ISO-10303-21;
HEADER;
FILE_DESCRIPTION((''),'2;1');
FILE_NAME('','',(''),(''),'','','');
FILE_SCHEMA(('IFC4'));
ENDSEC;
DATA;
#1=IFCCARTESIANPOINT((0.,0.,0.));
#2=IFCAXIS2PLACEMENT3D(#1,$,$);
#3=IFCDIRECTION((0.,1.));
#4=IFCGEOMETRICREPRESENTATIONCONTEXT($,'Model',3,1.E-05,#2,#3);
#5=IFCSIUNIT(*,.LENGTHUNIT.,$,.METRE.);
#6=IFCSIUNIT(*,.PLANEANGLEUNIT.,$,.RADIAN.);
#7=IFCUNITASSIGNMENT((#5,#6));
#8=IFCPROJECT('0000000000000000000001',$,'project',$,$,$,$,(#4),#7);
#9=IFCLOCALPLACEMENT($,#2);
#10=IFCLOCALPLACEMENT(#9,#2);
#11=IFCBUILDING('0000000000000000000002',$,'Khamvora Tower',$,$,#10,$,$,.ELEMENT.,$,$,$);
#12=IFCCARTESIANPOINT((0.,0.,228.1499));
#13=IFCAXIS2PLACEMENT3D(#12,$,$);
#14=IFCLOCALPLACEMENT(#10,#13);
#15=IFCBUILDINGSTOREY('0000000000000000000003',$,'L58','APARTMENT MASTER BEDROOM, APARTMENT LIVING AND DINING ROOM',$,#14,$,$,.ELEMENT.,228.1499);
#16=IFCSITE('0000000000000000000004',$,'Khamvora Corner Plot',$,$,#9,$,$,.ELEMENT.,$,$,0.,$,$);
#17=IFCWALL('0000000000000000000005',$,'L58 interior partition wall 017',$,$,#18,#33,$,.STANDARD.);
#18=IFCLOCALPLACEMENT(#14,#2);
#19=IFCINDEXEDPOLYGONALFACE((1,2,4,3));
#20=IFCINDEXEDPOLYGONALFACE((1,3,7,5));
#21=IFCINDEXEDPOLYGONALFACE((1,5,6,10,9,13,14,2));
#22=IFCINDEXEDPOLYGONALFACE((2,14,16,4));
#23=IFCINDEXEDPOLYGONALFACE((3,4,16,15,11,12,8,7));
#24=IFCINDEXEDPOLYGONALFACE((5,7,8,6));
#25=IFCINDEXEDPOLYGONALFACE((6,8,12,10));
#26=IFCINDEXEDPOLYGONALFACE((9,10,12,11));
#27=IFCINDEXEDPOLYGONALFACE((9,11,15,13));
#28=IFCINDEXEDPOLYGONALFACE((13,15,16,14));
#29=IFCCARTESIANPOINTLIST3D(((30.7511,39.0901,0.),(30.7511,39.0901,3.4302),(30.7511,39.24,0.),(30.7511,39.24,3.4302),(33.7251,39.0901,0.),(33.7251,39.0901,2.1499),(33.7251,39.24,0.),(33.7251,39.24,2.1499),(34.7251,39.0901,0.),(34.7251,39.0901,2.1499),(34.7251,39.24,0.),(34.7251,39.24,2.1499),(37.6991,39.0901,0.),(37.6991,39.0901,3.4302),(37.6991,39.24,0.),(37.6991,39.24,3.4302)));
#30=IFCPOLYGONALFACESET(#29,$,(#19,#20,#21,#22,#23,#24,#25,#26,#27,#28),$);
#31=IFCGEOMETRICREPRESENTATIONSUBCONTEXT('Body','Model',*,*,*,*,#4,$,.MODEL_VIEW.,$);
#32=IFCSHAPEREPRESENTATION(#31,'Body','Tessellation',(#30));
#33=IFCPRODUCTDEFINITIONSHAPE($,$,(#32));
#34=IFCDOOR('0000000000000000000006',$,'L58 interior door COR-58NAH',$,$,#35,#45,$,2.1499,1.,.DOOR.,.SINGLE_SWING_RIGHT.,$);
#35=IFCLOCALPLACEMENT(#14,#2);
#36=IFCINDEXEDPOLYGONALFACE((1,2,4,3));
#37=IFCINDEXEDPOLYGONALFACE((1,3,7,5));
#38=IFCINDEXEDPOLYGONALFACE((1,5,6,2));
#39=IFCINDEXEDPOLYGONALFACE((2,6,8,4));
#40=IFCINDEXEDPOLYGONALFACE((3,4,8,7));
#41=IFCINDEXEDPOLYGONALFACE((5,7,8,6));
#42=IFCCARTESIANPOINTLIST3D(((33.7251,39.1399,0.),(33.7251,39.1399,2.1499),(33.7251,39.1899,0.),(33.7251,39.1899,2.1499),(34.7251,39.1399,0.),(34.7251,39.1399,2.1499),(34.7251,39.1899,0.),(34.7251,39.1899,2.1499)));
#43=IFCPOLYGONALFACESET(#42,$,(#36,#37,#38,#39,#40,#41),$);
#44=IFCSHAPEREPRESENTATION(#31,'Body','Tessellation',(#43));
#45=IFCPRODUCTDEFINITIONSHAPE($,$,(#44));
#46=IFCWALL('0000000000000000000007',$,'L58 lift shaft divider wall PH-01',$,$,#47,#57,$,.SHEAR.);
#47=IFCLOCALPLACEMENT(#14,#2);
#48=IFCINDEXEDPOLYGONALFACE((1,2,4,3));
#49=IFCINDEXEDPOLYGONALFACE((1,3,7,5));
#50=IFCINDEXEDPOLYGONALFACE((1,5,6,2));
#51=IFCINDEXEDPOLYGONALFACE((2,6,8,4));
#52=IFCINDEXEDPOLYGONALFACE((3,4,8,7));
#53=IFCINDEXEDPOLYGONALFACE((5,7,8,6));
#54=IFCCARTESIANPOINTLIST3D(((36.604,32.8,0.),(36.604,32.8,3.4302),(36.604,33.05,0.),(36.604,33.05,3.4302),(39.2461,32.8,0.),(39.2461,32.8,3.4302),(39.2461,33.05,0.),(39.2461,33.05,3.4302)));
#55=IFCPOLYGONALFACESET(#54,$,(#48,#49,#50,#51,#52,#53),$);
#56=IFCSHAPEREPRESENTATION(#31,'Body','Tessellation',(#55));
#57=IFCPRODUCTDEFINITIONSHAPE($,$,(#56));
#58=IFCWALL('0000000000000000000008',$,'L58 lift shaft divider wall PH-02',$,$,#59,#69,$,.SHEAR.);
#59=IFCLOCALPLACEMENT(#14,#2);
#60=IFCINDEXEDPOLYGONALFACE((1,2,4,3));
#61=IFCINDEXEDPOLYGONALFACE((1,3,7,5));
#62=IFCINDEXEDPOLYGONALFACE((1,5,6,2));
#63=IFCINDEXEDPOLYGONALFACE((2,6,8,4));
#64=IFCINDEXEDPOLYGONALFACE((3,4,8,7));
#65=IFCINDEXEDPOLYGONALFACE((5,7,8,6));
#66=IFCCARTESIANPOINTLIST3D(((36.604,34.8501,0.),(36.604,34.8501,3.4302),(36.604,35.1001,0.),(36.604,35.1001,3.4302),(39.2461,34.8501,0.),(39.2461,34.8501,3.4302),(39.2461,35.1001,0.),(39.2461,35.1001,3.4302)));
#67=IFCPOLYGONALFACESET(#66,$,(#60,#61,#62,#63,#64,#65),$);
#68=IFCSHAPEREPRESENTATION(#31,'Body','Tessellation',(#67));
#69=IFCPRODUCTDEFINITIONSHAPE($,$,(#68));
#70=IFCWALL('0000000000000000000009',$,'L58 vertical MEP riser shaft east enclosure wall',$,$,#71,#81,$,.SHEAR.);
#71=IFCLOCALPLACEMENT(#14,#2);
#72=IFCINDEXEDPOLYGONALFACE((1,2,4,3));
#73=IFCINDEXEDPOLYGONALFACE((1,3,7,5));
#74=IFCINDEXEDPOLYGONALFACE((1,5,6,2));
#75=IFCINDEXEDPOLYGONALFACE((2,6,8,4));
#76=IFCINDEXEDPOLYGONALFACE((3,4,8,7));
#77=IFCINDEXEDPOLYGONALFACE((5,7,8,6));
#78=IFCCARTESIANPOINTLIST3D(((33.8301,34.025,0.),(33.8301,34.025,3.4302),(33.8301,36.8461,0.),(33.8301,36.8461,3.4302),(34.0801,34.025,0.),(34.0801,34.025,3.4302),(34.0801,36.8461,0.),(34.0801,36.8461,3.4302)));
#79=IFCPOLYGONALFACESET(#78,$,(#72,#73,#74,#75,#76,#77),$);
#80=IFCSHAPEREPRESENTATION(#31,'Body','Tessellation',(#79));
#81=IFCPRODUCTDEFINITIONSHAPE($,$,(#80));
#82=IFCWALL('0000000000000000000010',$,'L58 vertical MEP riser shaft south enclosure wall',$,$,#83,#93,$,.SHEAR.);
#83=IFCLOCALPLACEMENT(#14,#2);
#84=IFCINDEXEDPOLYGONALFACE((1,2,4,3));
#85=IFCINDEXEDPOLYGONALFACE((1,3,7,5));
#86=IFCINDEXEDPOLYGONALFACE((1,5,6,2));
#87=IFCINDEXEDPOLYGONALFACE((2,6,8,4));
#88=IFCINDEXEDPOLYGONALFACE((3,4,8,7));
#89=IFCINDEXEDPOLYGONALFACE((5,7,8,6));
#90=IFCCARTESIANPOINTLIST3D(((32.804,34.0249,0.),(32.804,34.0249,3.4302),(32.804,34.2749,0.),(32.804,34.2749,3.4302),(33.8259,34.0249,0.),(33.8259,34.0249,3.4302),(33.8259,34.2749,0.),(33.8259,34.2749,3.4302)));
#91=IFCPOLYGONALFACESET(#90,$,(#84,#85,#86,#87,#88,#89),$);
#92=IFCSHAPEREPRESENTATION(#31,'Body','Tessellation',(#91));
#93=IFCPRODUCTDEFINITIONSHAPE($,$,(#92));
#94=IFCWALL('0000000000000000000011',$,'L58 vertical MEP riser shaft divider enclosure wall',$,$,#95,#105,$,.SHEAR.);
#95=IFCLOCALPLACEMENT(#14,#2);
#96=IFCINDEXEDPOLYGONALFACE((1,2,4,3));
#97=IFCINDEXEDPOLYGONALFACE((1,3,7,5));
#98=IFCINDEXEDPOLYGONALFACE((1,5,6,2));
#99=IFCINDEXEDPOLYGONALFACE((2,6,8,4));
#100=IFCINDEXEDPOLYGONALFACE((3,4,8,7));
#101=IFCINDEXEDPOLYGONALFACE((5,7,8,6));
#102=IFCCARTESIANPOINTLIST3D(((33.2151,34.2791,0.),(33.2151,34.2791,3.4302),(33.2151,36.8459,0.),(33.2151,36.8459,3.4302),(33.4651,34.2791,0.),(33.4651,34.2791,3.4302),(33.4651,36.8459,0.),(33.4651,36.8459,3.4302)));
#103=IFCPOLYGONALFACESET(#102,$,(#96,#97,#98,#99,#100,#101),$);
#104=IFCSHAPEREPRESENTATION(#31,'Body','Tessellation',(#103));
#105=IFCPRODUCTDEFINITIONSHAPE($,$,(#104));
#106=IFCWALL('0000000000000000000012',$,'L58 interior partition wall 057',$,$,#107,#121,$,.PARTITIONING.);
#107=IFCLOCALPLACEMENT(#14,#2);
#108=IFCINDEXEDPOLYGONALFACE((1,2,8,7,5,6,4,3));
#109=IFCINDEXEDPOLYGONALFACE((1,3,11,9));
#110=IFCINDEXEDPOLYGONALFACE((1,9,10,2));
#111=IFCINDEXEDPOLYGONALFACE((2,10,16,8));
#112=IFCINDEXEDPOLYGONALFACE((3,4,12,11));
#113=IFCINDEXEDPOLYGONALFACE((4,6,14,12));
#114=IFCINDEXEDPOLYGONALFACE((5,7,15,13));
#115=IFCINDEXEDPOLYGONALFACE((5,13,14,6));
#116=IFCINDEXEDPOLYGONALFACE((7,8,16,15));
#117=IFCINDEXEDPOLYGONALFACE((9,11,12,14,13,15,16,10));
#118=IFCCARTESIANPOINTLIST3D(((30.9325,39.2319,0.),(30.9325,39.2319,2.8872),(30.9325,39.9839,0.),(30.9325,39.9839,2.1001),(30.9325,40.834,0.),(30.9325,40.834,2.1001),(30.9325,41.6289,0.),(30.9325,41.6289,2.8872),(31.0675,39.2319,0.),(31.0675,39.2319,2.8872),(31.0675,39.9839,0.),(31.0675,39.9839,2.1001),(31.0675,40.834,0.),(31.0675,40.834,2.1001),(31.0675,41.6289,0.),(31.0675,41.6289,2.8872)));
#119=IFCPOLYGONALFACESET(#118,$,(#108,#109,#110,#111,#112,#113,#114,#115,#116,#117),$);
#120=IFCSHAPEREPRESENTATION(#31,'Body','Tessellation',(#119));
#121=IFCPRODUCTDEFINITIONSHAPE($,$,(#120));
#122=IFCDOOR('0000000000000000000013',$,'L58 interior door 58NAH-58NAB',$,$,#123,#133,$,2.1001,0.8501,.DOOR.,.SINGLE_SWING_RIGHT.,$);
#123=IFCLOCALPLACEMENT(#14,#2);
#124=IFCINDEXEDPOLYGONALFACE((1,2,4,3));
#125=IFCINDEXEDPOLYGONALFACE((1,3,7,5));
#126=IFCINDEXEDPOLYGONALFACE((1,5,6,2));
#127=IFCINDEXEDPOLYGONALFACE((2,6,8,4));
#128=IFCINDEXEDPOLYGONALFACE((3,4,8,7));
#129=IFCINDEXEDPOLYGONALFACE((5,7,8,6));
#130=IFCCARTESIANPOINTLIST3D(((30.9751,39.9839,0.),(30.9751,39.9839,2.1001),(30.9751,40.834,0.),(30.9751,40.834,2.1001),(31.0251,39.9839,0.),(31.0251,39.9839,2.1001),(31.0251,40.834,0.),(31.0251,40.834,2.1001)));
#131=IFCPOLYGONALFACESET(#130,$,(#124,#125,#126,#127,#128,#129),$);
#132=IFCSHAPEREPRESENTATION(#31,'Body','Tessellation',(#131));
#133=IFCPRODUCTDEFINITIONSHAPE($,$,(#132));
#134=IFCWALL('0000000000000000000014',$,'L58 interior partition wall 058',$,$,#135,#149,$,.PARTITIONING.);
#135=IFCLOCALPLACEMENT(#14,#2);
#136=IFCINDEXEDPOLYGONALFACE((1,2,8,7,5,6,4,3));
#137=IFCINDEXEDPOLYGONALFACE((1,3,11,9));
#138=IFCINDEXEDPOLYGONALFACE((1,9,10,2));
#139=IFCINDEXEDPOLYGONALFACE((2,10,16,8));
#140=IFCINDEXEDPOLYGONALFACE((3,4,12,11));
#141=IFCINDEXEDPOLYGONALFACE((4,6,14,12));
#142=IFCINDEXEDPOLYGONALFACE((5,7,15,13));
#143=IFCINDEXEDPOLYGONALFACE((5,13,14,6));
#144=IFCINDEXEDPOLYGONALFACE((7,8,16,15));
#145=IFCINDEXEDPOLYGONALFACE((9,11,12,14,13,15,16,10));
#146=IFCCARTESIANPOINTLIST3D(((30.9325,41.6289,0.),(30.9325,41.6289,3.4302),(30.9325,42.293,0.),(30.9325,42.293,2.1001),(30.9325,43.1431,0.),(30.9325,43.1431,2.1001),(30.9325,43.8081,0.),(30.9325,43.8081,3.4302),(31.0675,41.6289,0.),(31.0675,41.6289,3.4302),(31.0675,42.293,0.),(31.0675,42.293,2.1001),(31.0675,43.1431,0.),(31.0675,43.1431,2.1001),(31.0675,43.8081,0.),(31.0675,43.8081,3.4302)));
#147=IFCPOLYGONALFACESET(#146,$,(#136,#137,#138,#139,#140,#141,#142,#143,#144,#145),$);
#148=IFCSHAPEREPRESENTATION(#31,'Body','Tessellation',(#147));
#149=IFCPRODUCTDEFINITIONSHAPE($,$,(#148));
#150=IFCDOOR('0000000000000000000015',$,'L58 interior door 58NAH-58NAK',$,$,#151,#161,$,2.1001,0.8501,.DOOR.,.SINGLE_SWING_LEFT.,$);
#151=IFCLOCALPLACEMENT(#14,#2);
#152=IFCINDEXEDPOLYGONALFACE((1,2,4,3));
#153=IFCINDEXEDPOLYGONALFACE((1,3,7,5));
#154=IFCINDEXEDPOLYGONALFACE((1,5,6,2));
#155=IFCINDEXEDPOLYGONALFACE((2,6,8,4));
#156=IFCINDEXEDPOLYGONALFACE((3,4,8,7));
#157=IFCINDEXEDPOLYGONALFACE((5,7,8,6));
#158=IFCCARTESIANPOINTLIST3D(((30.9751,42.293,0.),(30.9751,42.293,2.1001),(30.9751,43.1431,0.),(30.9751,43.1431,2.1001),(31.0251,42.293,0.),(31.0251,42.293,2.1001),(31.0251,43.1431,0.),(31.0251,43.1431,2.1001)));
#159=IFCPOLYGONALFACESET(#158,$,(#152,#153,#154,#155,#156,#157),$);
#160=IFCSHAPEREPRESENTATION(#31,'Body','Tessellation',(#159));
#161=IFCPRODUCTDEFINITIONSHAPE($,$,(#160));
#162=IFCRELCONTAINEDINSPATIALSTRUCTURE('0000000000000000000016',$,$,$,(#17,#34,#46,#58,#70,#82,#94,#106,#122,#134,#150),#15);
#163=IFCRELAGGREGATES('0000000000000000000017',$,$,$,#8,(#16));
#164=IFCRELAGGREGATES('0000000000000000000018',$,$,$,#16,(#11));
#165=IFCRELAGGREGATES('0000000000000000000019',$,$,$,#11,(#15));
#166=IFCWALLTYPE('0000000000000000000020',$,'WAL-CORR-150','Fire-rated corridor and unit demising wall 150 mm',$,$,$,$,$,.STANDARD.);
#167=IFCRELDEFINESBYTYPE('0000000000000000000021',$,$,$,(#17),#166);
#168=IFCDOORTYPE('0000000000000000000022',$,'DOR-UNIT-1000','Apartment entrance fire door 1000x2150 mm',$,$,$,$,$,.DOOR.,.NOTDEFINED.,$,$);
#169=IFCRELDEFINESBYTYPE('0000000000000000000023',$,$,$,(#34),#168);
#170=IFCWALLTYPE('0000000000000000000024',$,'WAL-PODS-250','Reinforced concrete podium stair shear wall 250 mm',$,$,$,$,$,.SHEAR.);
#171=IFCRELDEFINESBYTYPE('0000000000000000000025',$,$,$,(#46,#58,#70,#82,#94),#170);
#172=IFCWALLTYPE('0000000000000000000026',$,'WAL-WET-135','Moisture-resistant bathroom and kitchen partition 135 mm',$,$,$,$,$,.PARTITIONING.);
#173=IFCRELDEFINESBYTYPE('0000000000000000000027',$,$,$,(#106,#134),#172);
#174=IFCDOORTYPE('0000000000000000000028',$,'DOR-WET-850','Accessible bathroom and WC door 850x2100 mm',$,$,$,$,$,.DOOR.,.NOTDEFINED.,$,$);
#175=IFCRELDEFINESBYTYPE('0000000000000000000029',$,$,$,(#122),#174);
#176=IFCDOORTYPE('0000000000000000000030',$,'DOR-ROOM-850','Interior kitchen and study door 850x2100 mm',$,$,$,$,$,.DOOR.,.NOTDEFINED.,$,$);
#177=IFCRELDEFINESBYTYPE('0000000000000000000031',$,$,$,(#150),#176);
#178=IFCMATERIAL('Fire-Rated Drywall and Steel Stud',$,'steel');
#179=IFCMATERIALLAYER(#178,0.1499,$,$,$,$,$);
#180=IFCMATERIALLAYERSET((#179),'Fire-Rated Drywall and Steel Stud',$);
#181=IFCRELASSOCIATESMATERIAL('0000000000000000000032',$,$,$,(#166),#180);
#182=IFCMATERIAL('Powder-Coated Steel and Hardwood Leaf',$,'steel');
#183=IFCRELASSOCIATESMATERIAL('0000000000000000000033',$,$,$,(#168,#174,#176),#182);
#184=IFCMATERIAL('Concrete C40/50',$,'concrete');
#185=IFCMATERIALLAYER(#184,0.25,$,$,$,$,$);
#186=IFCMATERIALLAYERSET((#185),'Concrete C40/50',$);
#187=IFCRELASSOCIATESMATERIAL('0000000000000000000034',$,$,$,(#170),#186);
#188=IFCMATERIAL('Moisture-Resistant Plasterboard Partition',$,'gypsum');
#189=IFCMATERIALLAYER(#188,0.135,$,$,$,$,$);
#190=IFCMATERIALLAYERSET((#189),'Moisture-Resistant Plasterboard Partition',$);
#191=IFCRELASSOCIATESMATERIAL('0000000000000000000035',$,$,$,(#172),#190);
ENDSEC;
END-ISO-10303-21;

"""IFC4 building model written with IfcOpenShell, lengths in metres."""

from ifc_helpers import new_model, si_unit, direction, frame, frame_2d, origin, place, context, subcontext, project, spatial, rectangle, extrude, material, layer, layer_set, type_object, element, fill, save


model = new_model("IFC4")

# Units and contexts
model_context = context("Model", 3, precision=1e-05, world=origin(), true_north=direction((0.0, 1.0)))
body_context = subcontext(model_context, "Body", "Model", "MODEL_VIEW")
ifc_project = project(units=[si_unit("LENGTHUNIT", "METRE"), si_unit("PLANEANGLEUNIT", "RADIAN")], contexts=[model_context])

# Site, building, storey
site_placement = place(None, origin())
site = spatial("IfcSite", under=ifc_project, at=site_placement, Name="Khamvora Corner Plot", CompositionType="ELEMENT", RefElevation=0.0)
building_placement = place(site_placement, origin())
building = spatial("IfcBuilding", under=site, at=building_placement, Name="Khamvora Tower", CompositionType="ELEMENT")
storey_placement = place(building_placement, frame((0.0, 0.0, 228.1499)))
storey = spatial("IfcBuildingStorey", under=building, at=storey_placement, Name="L58", Description="APARTMENT MASTER BEDROOM, APARTMENT LIVING AND DINING ROOM", CompositionType="ELEMENT", Elevation=228.1499)

# Wall, opening, door
ifc_material_1 = material(Name="Powder-Coated Steel and Hardwood Leaf", Category="steel")
ifc_material_2 = material(Name="Fire-Rated Drywall and Steel Stud", Category="steel")
ifc_layer_1 = layer(ifc_material_2, 0.1499)
ifc_layer_set_1 = layer_set([ifc_layer_1], Name="Fire-Rated Drywall and Steel Stud")
wall_type_1 = type_object("IfcWallType", Name="WAL-CORR-150", Description="Fire-rated corridor and unit demising wall 150 mm", PredefinedType="STANDARD", material=ifc_layer_set_1)
wall_1_placement = place(storey_placement, frame((30.751, 39.165, 0.0), z_axis=(0.0, 0.0, 1.0), x_axis=(1.0, 0.0, 0.0)))
wall_1 = element("IfcWall", 1, at=wall_1_placement, inside=storey, type_object=wall_type_1, Name="L58 interior partition wall 017", PredefinedType="STANDARD", context=body_context, shape_type="SweptSolid", body=[
    extrude(rectangle(XDim=6.948, YDim=0.1499, at=frame_2d((3.4741, 0.0))), origin(), (0.0, 0.0, 1.0), 3.4302),
])
opening_1_placement = place(wall_1_placement, frame((2.9741, 0.0, 0.0)))
opening_1 = element("IfcOpeningElement", 2, at=opening_1_placement, cuts=wall_1, PredefinedType="OPENING", context=body_context, shape_type="SweptSolid", body=[
    extrude(rectangle(XDim=1.0, YDim=2.1499, at=frame_2d((0.5, 1.075))), frame((0.0, 0.085, 0.0), z_axis=(0.0, -1.0, 0.0), x_axis=(1.0, 0.0, 0.0)), (0.0, 0.0, 1.0), 0.1699),
])
door_type_1 = type_object("IfcDoorType", Name="DOR-UNIT-1000", Description="Apartment entrance fire door 1000x2150 mm", OperationType="NOTDEFINED", PredefinedType="DOOR", material=ifc_material_1)
door_1_placement = place(opening_1_placement, origin())
door_1 = element("IfcDoor", 3, at=door_1_placement, inside=storey, type_object=door_type_1, Name="L58 interior door COR-58NAH", OperationType="SINGLE_SWING_RIGHT", OverallHeight=2.1499, OverallWidth=1.0, PredefinedType="DOOR", context=body_context, shape_type="SweptSolid", body=[
    extrude(rectangle(XDim=1.0, YDim=2.1499, at=frame_2d((0.5, 1.075))), frame((0.0, 0.0249, 0.0), z_axis=(0.0, -1.0, 0.0), x_axis=(1.0, 0.0, 0.0)), (0.0, 0.0, 1.0), 0.05),
])
fill(opening_1, door_1)

# Walls
ifc_material_3 = material(Name="Concrete C40/50", Category="concrete")
ifc_layer_2 = layer(ifc_material_3, 0.25)
ifc_layer_set_2 = layer_set([ifc_layer_2], Name="Concrete C40/50")
wall_type_2 = type_object("IfcWallType", Name="WAL-PODS-250", Description="Reinforced concrete podium stair shear wall 250 mm", PredefinedType="SHEAR", material=ifc_layer_set_2)
for number, where, z_axis, x_axis, name in (
    (4, (36.604, 32.925, 0.0), (0.0, 0.0, 1.0), (1.0, 0.0, 0.0), "L58 lift shaft divider wall PH-01"),
    (5, (36.604, 34.9751, 0.0), (0.0, 0.0, 1.0), (1.0, 0.0, 0.0), "L58 lift shaft divider wall PH-02"),
):
    element("IfcWall", number, at=place(storey_placement, frame(where, z_axis=z_axis, x_axis=x_axis)), inside=storey, type_object=wall_type_2, Name=name, PredefinedType="SHEAR", context=body_context, shape_type="SweptSolid", body=[
        extrude(rectangle(XDim=2.6421, YDim=0.25, at=frame_2d((1.321, 0.0))), origin(), (0.0, 0.0, 1.0), 3.4302),
    ])
wall_2_placement = place(storey_placement, frame((33.9551, 34.0249, 0.0), z_axis=(0.0, 0.0, 1.0), x_axis=(0.0, 1.0, 0.0)))
element("IfcWall", 6, at=wall_2_placement, inside=storey, type_object=wall_type_2, Name="L58 vertical MEP riser shaft east enclosure wall", PredefinedType="SHEAR", context=body_context, shape_type="SweptSolid", body=[
    extrude(rectangle(XDim=2.821, YDim=0.25, at=frame_2d((1.4106, 0.0))), origin(), (0.0, 0.0, 1.0), 3.4302),
])
wall_3_placement = place(storey_placement, frame((32.804, 34.1499, 0.0), z_axis=(0.0, 0.0, 1.0), x_axis=(1.0, 0.0, 0.0)))
element("IfcWall", 7, at=wall_3_placement, inside=storey, type_object=wall_type_2, Name="L58 vertical MEP riser shaft south enclosure wall", PredefinedType="SHEAR", context=body_context, shape_type="SweptSolid", body=[
    extrude(rectangle(XDim=1.022, YDim=0.25, at=frame_2d((0.511, 0.0))), origin(), (0.0, 0.0, 1.0), 3.4302),
])
wall_4_placement = place(storey_placement, frame((33.3401, 34.2791, 0.0), z_axis=(0.0, 0.0, 1.0), x_axis=(0.0, 1.0, 0.0)))
element("IfcWall", 8, at=wall_4_placement, inside=storey, type_object=wall_type_2, Name="L58 vertical MEP riser shaft divider enclosure wall", PredefinedType="SHEAR", context=body_context, shape_type="SweptSolid", body=[
    extrude(rectangle(XDim=2.5669, YDim=0.25, at=frame_2d((1.2834, 0.0))), origin(), (0.0, 0.0, 1.0), 3.4302),
])

# Walls, openings, doors
ifc_material_4 = material(Name="Moisture-Resistant Plasterboard Partition", Category="gypsum")
ifc_layer_3 = layer(ifc_material_4, 0.135)
ifc_layer_set_3 = layer_set([ifc_layer_3], Name="Moisture-Resistant Plasterboard Partition")
wall_type_3 = type_object("IfcWallType", Name="WAL-WET-135", Description="Moisture-resistant bathroom and kitchen partition 135 mm", PredefinedType="PARTITIONING", material=ifc_layer_set_3)
wall_5_placement = place(storey_placement, frame((31.0, 39.2319, 0.0), z_axis=(0.0, 0.0, 1.0), x_axis=(0.0, 1.0, 0.0)))
wall_5 = element("IfcWall", 9, at=wall_5_placement, inside=storey, type_object=wall_type_3, Name="L58 interior partition wall 057", PredefinedType="PARTITIONING", context=body_context, shape_type="SweptSolid", body=[
    extrude(rectangle(XDim=2.397, YDim=0.135, at=frame_2d((1.1985, 0.0))), origin(), (0.0, 0.0, 1.0), 2.8872),
])
opening_2_placement = place(wall_5_placement, frame((0.752, 0.0, 0.0)))
opening_2 = element("IfcOpeningElement", 10, at=opening_2_placement, cuts=wall_5, PredefinedType="OPENING", context=body_context, shape_type="SweptSolid", body=[
    extrude(rectangle(XDim=0.8501, YDim=2.1001, at=frame_2d((0.425, 1.05))), frame((0.0, 0.0774, 0.0), z_axis=(0.0, -1.0, 0.0), x_axis=(1.0, 0.0, 0.0)), (0.0, 0.0, 1.0), 0.155),
])
door_type_2 = type_object("IfcDoorType", Name="DOR-WET-850", Description="Accessible bathroom and WC door 850x2100 mm", OperationType="NOTDEFINED", PredefinedType="DOOR", material=ifc_material_1)
door_2_placement = place(opening_2_placement, origin())
door_2 = element("IfcDoor", 11, at=door_2_placement, inside=storey, type_object=door_type_2, Name="L58 interior door 58NAH-58NAB", OperationType="SINGLE_SWING_RIGHT", OverallHeight=2.1001, OverallWidth=0.8501, PredefinedType="DOOR", context=body_context, shape_type="SweptSolid", body=[
    extrude(rectangle(XDim=0.8501, YDim=2.1001, at=frame_2d((0.425, 1.05))), frame((0.0, 0.0249, 0.0), z_axis=(0.0, -1.0, 0.0), x_axis=(1.0, 0.0, 0.0)), (0.0, 0.0, 1.0), 0.05),
])
fill(opening_2, door_2)
wall_6_placement = place(storey_placement, frame((31.0, 41.6289, 0.0), z_axis=(0.0, 0.0, 1.0), x_axis=(0.0, 1.0, 0.0)))
wall_6 = element("IfcWall", 12, at=wall_6_placement, inside=storey, type_object=wall_type_3, Name="L58 interior partition wall 058", PredefinedType="PARTITIONING", context=body_context, shape_type="SweptSolid", body=[
    extrude(rectangle(XDim=2.1792, YDim=0.135, at=frame_2d((1.0896, 0.0))), origin(), (0.0, 0.0, 1.0), 3.4302),
])
opening_3_placement = place(wall_6_placement, frame((0.6641, 0.0, 0.0)))
opening_3 = element("IfcOpeningElement", 13, at=opening_3_placement, cuts=wall_6, PredefinedType="OPENING", context=body_context, shape_type="SweptSolid", body=[
    extrude(rectangle(XDim=0.8501, YDim=2.1001, at=frame_2d((0.425, 1.05))), frame((0.0, 0.0774, 0.0), z_axis=(0.0, -1.0, 0.0), x_axis=(1.0, 0.0, 0.0)), (0.0, 0.0, 1.0), 0.155),
])
door_type_3 = type_object("IfcDoorType", Name="DOR-ROOM-850", Description="Interior kitchen and study door 850x2100 mm", OperationType="NOTDEFINED", PredefinedType="DOOR", material=ifc_material_1)
door_3_placement = place(opening_3_placement, origin())
door_3 = element("IfcDoor", 14, at=door_3_placement, inside=storey, type_object=door_type_3, Name="L58 interior door 58NAH-58NAK", OperationType="SINGLE_SWING_LEFT", OverallHeight=2.1001, OverallWidth=0.8501, PredefinedType="DOOR", context=body_context, shape_type="SweptSolid", body=[
    extrude(rectangle(XDim=0.8501, YDim=2.1001, at=frame_2d((0.425, 1.05))), frame((0.0, 0.0249, 0.0), z_axis=(0.0, -1.0, 0.0), x_axis=(1.0, 0.0, 0.0)), (0.0, 0.0, 1.0), 0.05),
])
fill(opening_3, door_3)

save(model, "model.ifc")
